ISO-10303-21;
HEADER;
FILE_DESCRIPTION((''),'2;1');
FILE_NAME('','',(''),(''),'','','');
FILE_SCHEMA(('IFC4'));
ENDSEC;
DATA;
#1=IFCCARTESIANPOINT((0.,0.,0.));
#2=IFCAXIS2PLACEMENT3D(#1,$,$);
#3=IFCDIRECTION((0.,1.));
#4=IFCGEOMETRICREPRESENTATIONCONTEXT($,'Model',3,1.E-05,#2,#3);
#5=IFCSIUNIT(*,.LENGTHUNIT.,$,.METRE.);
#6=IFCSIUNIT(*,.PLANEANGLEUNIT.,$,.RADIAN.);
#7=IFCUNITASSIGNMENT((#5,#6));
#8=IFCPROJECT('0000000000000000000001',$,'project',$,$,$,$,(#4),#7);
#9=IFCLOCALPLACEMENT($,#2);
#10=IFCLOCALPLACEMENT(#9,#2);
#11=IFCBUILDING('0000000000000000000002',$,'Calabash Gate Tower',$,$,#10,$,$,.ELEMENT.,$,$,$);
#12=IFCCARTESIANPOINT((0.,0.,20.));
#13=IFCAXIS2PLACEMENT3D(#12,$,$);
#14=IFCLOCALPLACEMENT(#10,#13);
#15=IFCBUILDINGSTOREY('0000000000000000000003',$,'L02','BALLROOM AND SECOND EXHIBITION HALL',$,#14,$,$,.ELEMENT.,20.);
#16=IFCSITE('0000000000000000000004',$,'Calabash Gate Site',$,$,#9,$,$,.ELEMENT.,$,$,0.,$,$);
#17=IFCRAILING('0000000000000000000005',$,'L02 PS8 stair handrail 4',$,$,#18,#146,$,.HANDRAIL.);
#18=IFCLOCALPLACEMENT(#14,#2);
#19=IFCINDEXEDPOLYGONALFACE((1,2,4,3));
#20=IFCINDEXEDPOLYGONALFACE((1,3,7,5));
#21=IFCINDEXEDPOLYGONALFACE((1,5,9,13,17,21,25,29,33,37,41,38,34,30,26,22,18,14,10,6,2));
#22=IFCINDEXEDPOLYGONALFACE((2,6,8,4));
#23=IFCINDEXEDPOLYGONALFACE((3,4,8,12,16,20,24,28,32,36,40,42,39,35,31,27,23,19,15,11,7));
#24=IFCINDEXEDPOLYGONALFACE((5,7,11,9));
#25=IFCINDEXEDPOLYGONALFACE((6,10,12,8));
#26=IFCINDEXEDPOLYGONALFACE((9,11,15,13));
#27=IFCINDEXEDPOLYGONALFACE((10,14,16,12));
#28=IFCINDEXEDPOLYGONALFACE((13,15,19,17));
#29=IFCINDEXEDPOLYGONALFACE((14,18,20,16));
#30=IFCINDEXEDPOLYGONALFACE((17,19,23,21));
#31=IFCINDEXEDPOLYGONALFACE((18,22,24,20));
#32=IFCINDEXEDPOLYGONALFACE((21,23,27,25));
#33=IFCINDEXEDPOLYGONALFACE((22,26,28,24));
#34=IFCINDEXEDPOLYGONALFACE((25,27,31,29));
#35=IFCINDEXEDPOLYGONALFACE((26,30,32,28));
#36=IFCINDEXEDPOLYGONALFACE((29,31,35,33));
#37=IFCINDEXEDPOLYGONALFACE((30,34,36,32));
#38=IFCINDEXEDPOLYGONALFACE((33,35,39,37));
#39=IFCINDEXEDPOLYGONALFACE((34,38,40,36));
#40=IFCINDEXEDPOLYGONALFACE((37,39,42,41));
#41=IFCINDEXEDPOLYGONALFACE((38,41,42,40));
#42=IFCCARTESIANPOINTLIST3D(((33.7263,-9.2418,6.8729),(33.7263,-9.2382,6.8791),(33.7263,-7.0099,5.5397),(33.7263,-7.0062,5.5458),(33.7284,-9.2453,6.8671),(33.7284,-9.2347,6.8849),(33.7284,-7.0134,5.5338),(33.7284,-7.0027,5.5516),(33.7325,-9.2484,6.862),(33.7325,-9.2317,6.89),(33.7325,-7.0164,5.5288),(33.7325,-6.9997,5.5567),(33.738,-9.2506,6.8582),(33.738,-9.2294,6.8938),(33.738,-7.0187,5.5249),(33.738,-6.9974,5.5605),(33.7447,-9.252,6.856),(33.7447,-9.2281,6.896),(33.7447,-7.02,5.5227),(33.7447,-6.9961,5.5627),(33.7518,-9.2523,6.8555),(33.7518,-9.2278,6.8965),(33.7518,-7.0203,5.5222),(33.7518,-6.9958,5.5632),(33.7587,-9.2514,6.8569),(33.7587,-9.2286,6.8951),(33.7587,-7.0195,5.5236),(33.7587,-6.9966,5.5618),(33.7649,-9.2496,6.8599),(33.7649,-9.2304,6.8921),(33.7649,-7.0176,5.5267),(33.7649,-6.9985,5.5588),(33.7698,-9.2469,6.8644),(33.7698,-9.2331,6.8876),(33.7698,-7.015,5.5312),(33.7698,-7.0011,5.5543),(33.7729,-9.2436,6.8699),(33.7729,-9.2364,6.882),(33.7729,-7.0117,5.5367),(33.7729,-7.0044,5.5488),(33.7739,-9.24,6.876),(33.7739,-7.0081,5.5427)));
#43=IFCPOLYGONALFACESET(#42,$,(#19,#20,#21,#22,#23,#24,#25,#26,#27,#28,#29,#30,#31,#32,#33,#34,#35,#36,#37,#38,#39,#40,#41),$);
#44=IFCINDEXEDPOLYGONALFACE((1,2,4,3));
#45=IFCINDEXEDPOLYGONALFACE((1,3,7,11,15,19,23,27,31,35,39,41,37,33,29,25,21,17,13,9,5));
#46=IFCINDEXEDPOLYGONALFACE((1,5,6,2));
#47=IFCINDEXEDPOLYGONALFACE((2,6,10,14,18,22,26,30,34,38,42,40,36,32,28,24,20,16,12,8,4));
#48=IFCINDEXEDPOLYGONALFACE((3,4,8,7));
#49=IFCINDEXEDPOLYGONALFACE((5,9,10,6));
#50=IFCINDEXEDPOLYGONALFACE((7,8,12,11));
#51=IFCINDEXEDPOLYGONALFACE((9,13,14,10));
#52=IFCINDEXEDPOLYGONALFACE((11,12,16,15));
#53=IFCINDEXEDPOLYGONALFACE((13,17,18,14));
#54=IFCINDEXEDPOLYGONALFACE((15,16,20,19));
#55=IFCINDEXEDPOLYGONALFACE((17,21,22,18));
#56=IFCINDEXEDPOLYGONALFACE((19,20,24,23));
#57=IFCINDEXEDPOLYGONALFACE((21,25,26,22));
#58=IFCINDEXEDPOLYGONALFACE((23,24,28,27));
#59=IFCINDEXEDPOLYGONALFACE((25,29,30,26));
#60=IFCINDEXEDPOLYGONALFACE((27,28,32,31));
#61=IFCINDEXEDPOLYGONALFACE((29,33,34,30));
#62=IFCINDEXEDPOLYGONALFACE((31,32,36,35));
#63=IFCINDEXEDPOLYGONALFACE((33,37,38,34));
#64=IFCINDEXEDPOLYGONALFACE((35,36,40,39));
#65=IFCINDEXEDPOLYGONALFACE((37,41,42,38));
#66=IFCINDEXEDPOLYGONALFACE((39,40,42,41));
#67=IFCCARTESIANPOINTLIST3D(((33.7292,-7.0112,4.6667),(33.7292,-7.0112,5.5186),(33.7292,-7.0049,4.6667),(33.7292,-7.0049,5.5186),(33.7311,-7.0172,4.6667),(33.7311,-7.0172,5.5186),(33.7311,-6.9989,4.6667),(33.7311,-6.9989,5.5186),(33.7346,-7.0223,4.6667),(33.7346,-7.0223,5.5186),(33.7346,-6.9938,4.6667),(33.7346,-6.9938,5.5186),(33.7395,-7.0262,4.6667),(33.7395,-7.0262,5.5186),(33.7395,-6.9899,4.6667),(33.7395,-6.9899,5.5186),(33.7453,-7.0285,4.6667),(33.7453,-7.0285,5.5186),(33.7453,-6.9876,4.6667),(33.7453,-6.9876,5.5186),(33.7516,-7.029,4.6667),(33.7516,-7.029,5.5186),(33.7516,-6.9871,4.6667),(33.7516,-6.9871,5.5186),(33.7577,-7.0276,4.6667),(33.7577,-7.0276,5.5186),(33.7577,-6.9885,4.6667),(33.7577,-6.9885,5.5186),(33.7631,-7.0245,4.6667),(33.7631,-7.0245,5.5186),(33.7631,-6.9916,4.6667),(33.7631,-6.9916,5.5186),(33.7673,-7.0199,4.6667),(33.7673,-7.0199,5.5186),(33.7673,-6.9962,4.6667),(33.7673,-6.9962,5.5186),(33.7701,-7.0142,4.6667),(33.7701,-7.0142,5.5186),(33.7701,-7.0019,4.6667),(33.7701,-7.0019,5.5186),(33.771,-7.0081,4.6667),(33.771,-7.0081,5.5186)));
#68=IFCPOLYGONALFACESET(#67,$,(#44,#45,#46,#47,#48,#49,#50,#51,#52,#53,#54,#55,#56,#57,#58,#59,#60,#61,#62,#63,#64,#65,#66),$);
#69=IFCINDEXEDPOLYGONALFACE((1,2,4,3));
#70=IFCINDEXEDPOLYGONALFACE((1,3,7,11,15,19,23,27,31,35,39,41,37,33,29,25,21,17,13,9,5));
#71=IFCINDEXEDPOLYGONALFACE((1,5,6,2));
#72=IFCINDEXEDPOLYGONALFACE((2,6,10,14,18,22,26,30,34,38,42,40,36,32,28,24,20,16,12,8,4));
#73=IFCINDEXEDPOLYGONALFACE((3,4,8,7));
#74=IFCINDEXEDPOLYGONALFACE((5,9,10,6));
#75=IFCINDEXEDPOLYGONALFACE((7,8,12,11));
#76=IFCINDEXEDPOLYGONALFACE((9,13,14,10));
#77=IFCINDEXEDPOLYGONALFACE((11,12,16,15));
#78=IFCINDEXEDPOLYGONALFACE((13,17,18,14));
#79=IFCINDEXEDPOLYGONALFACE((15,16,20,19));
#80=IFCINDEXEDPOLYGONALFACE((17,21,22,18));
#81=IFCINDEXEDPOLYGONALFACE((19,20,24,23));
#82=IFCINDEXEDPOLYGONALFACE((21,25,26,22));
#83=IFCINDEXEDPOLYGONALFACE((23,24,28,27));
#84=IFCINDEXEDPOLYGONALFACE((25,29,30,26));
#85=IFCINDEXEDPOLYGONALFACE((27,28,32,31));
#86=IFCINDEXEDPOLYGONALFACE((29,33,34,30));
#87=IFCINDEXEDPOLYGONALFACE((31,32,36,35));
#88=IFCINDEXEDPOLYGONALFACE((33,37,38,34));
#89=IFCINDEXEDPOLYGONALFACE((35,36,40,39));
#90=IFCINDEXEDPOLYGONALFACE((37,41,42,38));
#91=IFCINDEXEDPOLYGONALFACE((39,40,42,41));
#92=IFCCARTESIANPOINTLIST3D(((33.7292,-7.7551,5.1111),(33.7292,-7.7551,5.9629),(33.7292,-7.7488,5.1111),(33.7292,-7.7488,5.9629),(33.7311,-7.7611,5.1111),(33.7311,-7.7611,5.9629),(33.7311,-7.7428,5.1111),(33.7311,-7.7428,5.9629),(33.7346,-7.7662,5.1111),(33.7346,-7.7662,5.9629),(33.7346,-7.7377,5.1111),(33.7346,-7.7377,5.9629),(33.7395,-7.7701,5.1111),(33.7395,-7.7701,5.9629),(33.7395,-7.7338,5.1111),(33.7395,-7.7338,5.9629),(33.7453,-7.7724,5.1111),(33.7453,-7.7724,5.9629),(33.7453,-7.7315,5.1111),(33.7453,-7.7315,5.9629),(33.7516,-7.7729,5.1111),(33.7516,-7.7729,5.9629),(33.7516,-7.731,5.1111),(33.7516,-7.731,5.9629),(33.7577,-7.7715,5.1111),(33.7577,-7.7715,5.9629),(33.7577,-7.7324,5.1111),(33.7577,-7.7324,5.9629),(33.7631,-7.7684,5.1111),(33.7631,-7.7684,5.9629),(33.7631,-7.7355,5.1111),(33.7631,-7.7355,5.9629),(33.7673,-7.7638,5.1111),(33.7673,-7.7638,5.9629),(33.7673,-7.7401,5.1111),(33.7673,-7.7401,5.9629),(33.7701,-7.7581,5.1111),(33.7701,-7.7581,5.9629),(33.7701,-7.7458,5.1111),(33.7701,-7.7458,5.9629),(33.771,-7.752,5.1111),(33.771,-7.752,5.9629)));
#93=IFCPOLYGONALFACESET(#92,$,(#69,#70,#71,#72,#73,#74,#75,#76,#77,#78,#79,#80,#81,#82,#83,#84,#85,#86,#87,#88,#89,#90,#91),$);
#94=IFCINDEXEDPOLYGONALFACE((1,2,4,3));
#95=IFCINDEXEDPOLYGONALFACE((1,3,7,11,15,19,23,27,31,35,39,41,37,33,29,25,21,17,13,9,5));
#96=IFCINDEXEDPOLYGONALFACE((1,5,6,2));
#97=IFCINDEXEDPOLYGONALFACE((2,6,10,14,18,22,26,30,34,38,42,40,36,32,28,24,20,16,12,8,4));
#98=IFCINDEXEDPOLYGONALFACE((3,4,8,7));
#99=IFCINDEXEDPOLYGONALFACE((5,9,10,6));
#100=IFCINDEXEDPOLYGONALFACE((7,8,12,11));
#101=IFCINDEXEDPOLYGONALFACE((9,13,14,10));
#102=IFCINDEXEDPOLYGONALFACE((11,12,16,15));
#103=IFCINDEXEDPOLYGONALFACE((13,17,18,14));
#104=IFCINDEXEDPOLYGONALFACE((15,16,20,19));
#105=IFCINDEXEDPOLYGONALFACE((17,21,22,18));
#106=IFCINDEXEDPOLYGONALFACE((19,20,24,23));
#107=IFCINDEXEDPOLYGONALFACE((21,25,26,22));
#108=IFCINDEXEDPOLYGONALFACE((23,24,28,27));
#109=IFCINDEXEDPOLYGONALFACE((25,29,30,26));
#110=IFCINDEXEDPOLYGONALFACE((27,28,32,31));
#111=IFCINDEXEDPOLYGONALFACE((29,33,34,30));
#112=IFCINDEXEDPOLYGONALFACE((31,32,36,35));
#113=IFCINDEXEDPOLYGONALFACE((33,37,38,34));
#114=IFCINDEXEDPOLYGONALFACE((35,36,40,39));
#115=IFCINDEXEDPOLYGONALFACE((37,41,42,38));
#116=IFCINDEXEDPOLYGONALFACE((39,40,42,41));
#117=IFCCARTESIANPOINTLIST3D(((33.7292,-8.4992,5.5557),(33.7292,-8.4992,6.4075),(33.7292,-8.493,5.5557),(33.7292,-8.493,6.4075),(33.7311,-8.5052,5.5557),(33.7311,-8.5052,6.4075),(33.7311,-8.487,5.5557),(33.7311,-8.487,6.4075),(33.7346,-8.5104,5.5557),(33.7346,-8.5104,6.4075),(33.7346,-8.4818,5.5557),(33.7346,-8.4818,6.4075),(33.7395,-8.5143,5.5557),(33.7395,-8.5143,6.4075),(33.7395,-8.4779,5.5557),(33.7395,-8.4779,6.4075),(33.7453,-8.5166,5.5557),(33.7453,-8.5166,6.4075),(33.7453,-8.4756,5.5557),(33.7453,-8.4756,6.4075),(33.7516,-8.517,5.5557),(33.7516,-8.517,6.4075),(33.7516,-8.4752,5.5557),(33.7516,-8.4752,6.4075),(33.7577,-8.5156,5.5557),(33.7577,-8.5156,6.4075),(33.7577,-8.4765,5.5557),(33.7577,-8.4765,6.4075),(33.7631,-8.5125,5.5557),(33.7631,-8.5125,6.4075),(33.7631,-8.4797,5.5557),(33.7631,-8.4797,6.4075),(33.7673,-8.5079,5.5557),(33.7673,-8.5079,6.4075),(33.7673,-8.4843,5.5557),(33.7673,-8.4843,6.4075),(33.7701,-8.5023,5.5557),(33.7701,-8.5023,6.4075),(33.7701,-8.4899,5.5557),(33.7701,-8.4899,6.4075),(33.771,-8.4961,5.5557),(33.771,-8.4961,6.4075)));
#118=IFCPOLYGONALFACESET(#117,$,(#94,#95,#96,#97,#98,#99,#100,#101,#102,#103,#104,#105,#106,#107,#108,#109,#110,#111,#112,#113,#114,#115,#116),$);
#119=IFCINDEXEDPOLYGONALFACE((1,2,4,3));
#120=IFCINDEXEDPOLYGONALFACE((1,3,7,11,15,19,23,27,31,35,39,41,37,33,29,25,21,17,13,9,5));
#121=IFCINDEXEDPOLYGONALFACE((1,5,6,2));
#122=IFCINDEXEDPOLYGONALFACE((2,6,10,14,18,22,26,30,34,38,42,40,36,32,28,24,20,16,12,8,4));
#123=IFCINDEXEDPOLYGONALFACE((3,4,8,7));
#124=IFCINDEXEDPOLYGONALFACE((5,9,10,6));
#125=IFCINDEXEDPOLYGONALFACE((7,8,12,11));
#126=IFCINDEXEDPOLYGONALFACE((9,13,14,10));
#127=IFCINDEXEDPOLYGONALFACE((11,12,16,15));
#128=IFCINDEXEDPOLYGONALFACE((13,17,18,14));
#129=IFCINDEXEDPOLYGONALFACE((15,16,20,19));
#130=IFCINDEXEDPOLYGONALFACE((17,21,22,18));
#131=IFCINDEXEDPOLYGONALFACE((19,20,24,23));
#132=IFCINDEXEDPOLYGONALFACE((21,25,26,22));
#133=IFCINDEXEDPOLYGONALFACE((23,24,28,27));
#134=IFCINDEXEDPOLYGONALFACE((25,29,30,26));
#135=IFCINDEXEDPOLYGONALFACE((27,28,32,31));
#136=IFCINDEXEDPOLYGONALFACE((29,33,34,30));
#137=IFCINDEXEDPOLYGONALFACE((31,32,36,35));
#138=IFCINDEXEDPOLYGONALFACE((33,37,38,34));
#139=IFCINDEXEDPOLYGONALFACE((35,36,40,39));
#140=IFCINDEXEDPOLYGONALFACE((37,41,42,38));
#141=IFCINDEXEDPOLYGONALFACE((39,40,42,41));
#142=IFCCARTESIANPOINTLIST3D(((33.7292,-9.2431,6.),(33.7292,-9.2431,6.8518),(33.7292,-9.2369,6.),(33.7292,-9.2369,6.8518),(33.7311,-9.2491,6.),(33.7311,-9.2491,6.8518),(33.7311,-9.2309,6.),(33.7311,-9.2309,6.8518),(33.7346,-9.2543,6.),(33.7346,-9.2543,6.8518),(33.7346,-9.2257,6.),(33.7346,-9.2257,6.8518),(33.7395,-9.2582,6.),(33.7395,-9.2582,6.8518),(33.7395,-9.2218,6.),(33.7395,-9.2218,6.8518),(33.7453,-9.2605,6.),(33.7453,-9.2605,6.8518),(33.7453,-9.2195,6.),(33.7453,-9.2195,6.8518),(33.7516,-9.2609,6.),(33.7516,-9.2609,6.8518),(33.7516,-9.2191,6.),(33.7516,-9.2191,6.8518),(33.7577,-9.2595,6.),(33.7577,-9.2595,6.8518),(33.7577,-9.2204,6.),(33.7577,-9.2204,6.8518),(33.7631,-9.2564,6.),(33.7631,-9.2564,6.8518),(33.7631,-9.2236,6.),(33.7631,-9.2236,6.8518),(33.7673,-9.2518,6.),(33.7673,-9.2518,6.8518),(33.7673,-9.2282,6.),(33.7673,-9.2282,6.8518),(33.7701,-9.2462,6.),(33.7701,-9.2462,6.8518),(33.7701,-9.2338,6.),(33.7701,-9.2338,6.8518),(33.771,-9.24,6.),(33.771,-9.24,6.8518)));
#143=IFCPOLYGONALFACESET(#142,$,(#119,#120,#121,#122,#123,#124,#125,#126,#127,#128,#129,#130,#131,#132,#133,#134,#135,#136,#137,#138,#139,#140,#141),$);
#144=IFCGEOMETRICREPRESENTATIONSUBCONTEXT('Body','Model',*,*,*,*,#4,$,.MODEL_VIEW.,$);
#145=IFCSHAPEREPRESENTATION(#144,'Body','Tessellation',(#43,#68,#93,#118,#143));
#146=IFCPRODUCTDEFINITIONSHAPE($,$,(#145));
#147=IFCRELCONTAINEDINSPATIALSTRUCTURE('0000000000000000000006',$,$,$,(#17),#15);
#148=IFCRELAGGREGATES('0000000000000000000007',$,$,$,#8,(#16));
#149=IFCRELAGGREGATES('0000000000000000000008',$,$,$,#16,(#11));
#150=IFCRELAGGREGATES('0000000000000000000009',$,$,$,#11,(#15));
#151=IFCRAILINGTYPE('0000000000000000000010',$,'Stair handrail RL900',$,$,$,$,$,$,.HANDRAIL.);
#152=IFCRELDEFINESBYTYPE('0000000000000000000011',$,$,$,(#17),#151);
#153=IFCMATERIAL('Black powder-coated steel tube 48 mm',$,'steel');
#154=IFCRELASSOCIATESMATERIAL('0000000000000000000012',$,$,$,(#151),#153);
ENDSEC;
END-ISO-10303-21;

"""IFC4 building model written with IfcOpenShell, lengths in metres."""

from ifc_helpers import new_model, si_unit, direction, frame, origin, origin_2d, place, context, subcontext, project, spatial, circle, extrude, material, type_object, element, save


model = new_model("IFC4")

# Units and contexts
model_context = context("Model", 3, precision=1e-05, world=origin(), true_north=direction((0.0, 1.0)))
body_context = subcontext(model_context, "Body", "Model", "MODEL_VIEW")
ifc_project = project(units=[si_unit("LENGTHUNIT", "METRE"), si_unit("PLANEANGLEUNIT", "RADIAN")], contexts=[model_context])

# Site, building, storey
site_placement = place(None, origin())
site = spatial("IfcSite", under=ifc_project, at=site_placement, Name="Calabash Gate Site", CompositionType="ELEMENT", RefElevation=0.0)
building_placement = place(site_placement, origin())
building = spatial("IfcBuilding", under=site, at=building_placement, Name="Calabash Gate Tower", CompositionType="ELEMENT")
storey_placement = place(building_placement, frame((0.0, 0.0, 20.0)))
storey = spatial("IfcBuildingStorey", under=building, at=storey_placement, Name="L02", Description="BALLROOM AND SECOND EXHIBITION HALL", CompositionType="ELEMENT", Elevation=20.0)

# Railing
ifc_material_1 = material(Name="Black powder-coated steel tube 48 mm", Category="steel")
railing_type_1 = type_object("IfcRailingType", Name="Stair handrail RL900", PredefinedType="HANDRAIL", material=ifc_material_1)
for number, where, name in (
    (1, (33.75, -7.0081, 4.6667), "L02 PS8 stair handrail 4"),
):
    element("IfcRailing", number, at=place(storey_placement, frame(where)), inside=storey, type_object=railing_type_1, Name=name, PredefinedType="HANDRAIL", context=body_context, shape_type="SweptSolid", body=[
        extrude(circle(Radius=0.0239, at=origin_2d()), frame((0.0, 0.0, 0.876), z_axis=(0.0, -0.858494, 0.512824), x_axis=(1.0, 0.0, 0.0)), (0.0, 0.0, 1.0), 2.5999),
        extrude(circle(Radius=0.021, at=origin_2d()), origin(), (0.0, 0.0, 1.0), 0.8518),
        extrude(circle(Radius=0.021, at=origin_2d()), frame((0.0, -0.7439, 0.4443)), (0.0, 0.0, 1.0), 0.8518),
        extrude(circle(Radius=0.021, at=origin_2d()), frame((0.0, -1.488, 0.8889)), (0.0, 0.0, 1.0), 0.8518),
        extrude(circle(Radius=0.021, at=origin_2d()), frame((0.0, -2.2319, 1.3333)), (0.0, 0.0, 1.0), 0.8518),
    ])

save(model, "model.ifc")
